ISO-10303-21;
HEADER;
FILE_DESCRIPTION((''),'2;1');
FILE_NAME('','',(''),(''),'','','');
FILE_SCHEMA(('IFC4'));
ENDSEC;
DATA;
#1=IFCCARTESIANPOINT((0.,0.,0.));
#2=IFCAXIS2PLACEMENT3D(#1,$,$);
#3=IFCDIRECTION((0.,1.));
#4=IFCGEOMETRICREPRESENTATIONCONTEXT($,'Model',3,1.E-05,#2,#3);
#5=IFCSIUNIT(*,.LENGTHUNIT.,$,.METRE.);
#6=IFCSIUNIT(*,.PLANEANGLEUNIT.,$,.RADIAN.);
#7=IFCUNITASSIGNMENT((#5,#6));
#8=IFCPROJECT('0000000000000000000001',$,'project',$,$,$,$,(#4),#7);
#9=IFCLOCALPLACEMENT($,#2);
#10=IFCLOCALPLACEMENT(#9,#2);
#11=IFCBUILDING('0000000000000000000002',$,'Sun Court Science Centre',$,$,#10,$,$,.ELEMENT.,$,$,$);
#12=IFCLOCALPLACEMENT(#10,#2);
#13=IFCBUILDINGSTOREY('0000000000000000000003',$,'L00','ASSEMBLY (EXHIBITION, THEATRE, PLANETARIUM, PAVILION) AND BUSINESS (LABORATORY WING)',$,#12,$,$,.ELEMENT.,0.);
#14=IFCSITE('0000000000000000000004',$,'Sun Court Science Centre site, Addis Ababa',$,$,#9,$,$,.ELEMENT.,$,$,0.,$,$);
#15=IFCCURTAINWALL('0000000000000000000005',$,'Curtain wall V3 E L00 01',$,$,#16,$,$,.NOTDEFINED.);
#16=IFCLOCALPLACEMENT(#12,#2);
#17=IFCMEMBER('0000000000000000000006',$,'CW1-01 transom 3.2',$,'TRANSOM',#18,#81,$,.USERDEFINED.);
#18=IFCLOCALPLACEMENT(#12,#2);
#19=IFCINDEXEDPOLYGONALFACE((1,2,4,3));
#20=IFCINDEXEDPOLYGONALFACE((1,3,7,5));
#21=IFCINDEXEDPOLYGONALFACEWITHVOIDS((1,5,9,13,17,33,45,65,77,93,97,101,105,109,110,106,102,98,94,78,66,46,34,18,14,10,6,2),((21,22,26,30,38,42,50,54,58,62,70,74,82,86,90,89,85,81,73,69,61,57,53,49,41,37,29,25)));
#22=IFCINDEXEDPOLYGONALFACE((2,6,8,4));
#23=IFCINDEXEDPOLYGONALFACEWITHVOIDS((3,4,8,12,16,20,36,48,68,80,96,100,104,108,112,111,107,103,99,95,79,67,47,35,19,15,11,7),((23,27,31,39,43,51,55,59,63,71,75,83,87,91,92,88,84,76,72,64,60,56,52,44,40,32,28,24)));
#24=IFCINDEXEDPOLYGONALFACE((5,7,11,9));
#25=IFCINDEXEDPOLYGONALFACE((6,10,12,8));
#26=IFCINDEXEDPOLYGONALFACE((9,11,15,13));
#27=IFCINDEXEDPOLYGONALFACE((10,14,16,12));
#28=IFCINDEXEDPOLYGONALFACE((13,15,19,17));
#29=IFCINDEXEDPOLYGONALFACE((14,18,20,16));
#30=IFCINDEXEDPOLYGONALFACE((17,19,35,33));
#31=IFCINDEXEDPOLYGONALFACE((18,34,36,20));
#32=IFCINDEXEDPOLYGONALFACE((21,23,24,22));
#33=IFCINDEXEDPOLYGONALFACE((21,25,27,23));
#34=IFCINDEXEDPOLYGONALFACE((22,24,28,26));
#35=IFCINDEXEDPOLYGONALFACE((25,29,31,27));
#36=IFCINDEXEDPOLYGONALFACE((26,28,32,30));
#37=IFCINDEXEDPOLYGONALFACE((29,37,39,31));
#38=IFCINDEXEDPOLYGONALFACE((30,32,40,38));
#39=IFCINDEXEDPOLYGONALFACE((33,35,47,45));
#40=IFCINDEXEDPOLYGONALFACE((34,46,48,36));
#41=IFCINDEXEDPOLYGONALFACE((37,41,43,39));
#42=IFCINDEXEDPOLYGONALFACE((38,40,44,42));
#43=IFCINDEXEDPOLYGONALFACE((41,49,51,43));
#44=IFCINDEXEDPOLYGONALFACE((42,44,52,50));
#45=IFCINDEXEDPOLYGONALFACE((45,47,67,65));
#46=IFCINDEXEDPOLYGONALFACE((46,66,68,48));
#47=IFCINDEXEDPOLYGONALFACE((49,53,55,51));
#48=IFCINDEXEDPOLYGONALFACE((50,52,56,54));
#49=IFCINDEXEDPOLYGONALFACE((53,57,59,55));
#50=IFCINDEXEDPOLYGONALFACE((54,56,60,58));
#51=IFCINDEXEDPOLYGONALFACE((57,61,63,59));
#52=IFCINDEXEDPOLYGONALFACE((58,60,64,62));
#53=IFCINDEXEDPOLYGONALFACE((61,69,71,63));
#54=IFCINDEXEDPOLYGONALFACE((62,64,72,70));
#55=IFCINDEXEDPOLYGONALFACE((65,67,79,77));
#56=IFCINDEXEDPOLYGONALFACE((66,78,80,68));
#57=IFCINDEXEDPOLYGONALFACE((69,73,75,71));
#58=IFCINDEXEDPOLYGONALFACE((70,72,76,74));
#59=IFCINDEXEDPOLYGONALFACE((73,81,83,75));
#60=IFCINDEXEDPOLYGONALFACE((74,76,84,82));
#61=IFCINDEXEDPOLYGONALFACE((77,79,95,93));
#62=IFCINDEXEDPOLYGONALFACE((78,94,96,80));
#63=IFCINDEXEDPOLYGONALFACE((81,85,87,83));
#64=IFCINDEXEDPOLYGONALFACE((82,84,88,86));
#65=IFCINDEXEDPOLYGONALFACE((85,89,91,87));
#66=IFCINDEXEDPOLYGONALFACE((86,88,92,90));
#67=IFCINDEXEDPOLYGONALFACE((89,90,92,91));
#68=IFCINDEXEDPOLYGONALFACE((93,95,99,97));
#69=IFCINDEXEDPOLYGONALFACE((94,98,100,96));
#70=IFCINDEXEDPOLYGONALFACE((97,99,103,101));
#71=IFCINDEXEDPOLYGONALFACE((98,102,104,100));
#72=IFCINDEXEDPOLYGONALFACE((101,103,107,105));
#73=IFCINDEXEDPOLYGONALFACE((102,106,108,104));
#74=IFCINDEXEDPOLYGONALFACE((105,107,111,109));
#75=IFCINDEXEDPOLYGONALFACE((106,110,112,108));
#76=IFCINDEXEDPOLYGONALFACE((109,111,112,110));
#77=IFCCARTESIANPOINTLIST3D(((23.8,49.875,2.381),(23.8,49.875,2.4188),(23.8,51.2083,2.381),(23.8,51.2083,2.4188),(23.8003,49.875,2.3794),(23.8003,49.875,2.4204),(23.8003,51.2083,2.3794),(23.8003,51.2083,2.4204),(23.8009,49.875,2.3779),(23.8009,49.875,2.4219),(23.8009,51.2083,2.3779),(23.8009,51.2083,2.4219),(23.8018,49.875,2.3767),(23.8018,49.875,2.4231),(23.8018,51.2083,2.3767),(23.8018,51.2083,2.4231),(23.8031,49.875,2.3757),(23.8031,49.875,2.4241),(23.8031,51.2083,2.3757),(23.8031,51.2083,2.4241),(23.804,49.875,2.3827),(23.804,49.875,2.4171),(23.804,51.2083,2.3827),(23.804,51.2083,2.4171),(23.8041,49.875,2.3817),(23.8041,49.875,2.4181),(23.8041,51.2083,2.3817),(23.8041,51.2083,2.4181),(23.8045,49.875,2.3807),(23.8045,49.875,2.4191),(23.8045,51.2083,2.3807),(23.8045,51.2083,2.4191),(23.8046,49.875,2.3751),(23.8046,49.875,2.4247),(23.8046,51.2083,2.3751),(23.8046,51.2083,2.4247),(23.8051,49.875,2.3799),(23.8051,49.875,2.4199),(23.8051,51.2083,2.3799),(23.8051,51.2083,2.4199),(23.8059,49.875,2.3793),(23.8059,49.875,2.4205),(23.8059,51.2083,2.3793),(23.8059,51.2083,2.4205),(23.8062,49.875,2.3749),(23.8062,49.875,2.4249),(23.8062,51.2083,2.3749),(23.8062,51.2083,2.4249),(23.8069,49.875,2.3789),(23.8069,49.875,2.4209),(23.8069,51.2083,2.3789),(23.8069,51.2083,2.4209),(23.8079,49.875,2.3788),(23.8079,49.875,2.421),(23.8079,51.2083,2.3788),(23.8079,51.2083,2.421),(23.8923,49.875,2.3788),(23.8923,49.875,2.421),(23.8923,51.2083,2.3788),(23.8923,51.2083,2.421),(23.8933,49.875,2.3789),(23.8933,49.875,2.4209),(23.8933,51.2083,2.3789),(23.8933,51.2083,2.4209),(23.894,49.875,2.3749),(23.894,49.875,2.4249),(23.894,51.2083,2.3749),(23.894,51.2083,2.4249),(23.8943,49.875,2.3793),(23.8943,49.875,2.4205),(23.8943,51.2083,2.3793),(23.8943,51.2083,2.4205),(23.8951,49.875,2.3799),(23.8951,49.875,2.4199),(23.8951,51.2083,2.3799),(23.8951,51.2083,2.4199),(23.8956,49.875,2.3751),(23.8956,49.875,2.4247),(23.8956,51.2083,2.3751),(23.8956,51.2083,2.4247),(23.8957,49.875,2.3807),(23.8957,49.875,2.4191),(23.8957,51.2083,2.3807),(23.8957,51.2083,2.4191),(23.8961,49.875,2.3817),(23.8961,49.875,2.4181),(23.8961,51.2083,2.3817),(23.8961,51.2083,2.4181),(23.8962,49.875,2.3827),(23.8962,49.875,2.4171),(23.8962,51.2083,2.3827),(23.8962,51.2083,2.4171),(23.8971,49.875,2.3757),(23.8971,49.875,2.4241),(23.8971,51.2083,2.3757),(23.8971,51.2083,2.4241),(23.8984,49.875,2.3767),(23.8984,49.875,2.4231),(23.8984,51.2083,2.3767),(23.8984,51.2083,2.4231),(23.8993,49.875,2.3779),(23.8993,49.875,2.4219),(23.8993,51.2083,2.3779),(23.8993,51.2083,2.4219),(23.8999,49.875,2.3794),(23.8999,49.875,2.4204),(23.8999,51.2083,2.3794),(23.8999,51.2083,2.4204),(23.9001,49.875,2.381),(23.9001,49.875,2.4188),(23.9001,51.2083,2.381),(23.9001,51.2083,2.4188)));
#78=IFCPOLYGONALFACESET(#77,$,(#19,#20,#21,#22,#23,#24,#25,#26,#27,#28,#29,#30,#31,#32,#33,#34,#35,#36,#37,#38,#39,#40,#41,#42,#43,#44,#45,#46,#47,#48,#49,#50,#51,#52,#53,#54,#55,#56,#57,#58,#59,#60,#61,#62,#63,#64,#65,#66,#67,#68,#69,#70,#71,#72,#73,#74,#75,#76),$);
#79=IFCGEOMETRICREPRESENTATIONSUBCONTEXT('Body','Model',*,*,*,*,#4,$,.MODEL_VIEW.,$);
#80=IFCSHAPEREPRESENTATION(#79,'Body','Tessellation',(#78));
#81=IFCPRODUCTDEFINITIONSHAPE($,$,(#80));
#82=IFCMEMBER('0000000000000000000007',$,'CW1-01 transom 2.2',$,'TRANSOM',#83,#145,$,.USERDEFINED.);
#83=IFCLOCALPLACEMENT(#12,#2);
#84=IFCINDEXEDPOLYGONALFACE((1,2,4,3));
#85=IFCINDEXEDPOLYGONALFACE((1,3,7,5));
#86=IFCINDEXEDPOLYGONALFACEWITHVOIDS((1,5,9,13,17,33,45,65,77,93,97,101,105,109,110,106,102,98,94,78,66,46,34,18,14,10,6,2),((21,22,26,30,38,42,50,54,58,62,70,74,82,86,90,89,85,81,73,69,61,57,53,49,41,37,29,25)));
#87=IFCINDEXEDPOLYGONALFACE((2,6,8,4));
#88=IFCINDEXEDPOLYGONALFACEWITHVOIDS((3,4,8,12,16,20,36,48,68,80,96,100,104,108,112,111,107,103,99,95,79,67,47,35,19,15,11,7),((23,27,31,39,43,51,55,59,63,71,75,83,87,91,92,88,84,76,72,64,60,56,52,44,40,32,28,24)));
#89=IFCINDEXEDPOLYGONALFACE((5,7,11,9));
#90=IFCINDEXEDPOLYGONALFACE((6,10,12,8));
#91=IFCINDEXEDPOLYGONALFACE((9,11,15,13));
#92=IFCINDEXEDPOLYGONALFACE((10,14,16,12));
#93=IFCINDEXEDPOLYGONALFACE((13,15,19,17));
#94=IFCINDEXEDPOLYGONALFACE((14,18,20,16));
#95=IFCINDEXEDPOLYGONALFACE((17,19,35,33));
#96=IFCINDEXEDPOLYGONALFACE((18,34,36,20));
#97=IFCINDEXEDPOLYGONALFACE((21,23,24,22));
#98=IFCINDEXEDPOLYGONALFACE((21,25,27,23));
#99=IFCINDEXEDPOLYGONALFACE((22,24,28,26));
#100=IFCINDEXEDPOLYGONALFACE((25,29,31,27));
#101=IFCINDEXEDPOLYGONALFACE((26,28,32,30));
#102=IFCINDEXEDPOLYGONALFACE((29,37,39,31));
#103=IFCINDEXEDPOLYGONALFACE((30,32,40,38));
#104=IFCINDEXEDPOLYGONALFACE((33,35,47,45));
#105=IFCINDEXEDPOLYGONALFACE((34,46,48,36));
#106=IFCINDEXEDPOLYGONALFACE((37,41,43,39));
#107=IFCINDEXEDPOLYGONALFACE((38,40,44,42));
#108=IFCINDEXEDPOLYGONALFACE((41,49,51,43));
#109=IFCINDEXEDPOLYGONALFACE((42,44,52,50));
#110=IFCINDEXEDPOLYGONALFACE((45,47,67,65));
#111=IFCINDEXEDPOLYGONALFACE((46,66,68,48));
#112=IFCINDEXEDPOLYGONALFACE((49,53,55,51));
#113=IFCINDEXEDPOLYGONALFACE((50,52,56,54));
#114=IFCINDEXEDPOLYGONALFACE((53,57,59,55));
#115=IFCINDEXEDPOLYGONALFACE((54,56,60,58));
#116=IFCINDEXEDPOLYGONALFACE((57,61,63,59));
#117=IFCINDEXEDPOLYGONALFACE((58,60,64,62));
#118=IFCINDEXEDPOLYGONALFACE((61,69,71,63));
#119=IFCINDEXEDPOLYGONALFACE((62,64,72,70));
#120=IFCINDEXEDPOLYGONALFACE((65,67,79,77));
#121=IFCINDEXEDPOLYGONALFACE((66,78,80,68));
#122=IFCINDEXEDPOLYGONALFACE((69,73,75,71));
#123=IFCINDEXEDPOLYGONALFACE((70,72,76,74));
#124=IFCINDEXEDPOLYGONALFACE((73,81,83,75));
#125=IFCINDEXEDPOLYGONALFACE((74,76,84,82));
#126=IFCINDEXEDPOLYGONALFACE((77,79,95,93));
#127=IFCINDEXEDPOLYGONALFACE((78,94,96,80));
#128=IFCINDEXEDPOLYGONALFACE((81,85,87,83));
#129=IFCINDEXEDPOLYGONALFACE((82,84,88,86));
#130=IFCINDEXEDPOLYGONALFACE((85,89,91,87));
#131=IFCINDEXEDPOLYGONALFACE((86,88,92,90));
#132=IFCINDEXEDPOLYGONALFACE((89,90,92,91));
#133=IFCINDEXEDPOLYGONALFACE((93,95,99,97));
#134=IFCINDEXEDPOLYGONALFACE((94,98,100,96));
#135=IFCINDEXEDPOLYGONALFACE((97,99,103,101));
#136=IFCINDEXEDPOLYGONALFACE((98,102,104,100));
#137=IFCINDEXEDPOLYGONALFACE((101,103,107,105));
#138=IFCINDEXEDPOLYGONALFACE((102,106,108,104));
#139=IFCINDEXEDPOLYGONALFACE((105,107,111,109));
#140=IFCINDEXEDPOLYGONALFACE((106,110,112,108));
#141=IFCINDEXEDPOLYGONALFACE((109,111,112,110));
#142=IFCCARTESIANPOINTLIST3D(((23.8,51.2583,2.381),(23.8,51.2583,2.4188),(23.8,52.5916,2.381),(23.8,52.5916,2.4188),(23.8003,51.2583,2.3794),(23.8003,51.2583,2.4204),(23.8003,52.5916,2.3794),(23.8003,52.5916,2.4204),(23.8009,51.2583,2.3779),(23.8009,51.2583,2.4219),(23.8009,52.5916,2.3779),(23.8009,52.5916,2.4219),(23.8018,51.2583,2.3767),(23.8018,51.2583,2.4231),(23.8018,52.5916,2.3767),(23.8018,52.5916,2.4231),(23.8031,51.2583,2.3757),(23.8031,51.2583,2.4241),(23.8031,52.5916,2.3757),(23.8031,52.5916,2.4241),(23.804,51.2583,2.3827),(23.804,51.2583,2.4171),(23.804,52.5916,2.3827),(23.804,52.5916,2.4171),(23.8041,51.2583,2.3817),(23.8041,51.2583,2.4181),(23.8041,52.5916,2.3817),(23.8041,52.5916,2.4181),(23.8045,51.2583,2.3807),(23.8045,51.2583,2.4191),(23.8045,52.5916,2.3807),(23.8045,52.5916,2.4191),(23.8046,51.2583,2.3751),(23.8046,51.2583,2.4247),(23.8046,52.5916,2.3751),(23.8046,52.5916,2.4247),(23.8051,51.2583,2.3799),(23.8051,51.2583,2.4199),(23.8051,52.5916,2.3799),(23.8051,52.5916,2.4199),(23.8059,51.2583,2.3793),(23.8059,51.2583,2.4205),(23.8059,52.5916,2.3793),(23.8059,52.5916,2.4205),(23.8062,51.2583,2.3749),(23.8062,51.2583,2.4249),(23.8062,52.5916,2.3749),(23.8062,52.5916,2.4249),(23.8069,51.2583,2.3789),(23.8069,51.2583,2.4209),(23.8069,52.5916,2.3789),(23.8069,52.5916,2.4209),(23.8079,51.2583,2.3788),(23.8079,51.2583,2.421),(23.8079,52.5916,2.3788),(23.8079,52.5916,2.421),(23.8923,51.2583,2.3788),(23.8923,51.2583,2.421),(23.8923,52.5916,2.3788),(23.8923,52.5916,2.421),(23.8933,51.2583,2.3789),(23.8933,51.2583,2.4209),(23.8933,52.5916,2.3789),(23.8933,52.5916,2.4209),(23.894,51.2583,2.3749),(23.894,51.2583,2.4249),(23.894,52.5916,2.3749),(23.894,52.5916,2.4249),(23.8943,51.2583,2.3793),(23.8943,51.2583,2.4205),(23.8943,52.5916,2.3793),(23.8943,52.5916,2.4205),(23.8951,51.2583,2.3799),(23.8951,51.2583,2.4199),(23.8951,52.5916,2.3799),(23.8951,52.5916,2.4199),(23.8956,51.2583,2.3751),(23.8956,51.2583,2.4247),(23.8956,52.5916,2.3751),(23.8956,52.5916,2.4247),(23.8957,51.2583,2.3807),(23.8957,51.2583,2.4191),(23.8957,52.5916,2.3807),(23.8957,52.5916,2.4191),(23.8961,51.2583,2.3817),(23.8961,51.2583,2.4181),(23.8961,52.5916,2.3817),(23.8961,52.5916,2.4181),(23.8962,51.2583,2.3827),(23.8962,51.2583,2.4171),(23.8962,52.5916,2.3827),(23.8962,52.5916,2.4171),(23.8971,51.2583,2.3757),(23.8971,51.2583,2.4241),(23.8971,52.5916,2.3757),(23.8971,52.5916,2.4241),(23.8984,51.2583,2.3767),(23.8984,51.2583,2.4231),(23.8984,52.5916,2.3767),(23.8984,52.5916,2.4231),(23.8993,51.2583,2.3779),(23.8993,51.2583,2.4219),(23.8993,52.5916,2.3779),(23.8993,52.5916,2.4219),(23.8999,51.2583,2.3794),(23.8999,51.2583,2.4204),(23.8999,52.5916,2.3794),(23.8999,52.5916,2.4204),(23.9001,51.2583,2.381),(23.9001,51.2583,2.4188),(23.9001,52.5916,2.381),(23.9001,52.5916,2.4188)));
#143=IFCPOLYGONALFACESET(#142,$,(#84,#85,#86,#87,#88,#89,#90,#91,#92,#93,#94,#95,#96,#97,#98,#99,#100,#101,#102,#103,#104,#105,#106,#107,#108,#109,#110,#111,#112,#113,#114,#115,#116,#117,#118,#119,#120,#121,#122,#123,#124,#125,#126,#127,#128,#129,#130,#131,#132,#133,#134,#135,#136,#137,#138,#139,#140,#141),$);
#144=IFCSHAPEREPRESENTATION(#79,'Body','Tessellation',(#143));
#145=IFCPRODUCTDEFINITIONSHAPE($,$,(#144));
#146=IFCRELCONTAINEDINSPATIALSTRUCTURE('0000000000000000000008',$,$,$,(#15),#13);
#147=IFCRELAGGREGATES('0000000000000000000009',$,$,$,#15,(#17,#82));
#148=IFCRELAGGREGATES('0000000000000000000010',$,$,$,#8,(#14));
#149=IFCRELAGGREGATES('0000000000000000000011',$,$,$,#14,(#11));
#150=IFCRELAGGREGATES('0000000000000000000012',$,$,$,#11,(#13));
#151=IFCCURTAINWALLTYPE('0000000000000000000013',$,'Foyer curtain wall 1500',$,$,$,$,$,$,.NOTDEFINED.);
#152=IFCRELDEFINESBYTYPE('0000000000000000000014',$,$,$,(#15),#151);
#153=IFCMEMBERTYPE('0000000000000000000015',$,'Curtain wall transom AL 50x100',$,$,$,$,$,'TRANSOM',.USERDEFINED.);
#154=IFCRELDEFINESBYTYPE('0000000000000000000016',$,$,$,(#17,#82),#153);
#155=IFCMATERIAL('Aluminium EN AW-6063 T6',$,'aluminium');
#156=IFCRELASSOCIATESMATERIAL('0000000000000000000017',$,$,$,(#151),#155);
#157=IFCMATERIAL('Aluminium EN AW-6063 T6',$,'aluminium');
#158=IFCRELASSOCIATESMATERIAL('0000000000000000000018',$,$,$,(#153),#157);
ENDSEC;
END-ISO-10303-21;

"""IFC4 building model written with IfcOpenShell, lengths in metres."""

from ifc_helpers import new_model, si_unit, direction, frame, origin, origin_2d, place, context, subcontext, project, spatial, hollow_rectangle, extrude, material, material_profile, profile_set, type_object, element, aggregate, save


model = new_model("IFC4")

# Units and contexts
model_context = context("Model", 3, precision=1e-05, world=origin(), true_north=direction((0.0, 1.0)))
body_context = subcontext(model_context, "Body", "Model", "MODEL_VIEW")
ifc_project = project(units=[si_unit("LENGTHUNIT", "METRE"), si_unit("PLANEANGLEUNIT", "RADIAN")], contexts=[model_context])

# Site, building, storey
site_placement = place(None, origin())
site = spatial("IfcSite", under=ifc_project, at=site_placement, Name="Sun Court Science Centre site, Addis Ababa", CompositionType="ELEMENT", RefElevation=0.0)
building_placement = place(site_placement, origin())
building = spatial("IfcBuilding", under=site, at=building_placement, Name="Sun Court Science Centre", CompositionType="ELEMENT")
storey_placement = place(building_placement, origin())
storey = spatial("IfcBuildingStorey", under=building, at=storey_placement, Name="L00", Description="ASSEMBLY (EXHIBITION, THEATRE, PLANETARIUM, PAVILION) AND BUSINESS (LABORATORY WING)", CompositionType="ELEMENT", Elevation=0.0)

# Curtain wall
ifc_material_1 = material(Name="Aluminium EN AW-6063 T6", Category="aluminium")
curtain_wall_type_1 = type_object("IfcCurtainWallType", Name="Foyer curtain wall 1500", PredefinedType="NOTDEFINED", material=ifc_material_1)
curtain_wall_1_placement = place(storey_placement, origin())
curtain_wall_1 = element("IfcCurtainWall", 1, at=curtain_wall_1_placement, inside=storey, type_object=curtain_wall_type_1, Name="Curtain wall V3 E L00 01", PredefinedType="NOTDEFINED")

# Members
ifc_material_2 = material(Name="Aluminium EN AW-6063 T6", Category="aluminium")
ifc_material_profile_1 = material_profile(ifc_material_2, hollow_rectangle(XDim=0.05, YDim=0.1001, WallThickness=0.0039, InnerFilletRadius=0.0039, OuterFilletRadius=0.0061, at=origin_2d()), Name="AL 50x100x4")
ifc_profile_set_1 = profile_set([ifc_material_profile_1], Name="Aluminium EN AW-6063 T6")
member_type_1 = type_object("IfcMemberType", Name="Curtain wall transom AL 50x100", ElementType="TRANSOM", PredefinedType="USERDEFINED", material=ifc_profile_set_1)
member_1_placement = place(storey_placement, frame((23.8501, 51.2083, 2.3999), z_axis=(0.0, -1.0, 0.0), x_axis=(0.0, 0.0, 1.0)))
member_1 = element("IfcMember", 2, at=member_1_placement, type_object=member_type_1, Name="CW1-01 transom 3.2", ObjectType="TRANSOM", PredefinedType="USERDEFINED", context=body_context, shape_type="SweptSolid", body=[
    extrude(hollow_rectangle(XDim=0.05, YDim=0.1001, WallThickness=0.0039, InnerFilletRadius=0.0039, OuterFilletRadius=0.0061, at=origin_2d()), origin(), (0.0, 0.0, 1.0), 1.3333),
])
member_2_placement = place(storey_placement, frame((23.8501, 52.5916, 2.3999), z_axis=(0.0, -1.0, 0.0), x_axis=(0.0, 0.0, 1.0)))
member_2 = element("IfcMember", 3, at=member_2_placement, type_object=member_type_1, Name="CW1-01 transom 2.2", ObjectType="TRANSOM", PredefinedType="USERDEFINED", context=body_context, shape_type="SweptSolid", body=[
    extrude(hollow_rectangle(XDim=0.05, YDim=0.1001, WallThickness=0.0039, InnerFilletRadius=0.0039, OuterFilletRadius=0.0061, at=origin_2d()), origin(), (0.0, 0.0, 1.0), 1.3333),
])

aggregate(curtain_wall_1, [member_1, member_2])

save(model, "model.ifc")
